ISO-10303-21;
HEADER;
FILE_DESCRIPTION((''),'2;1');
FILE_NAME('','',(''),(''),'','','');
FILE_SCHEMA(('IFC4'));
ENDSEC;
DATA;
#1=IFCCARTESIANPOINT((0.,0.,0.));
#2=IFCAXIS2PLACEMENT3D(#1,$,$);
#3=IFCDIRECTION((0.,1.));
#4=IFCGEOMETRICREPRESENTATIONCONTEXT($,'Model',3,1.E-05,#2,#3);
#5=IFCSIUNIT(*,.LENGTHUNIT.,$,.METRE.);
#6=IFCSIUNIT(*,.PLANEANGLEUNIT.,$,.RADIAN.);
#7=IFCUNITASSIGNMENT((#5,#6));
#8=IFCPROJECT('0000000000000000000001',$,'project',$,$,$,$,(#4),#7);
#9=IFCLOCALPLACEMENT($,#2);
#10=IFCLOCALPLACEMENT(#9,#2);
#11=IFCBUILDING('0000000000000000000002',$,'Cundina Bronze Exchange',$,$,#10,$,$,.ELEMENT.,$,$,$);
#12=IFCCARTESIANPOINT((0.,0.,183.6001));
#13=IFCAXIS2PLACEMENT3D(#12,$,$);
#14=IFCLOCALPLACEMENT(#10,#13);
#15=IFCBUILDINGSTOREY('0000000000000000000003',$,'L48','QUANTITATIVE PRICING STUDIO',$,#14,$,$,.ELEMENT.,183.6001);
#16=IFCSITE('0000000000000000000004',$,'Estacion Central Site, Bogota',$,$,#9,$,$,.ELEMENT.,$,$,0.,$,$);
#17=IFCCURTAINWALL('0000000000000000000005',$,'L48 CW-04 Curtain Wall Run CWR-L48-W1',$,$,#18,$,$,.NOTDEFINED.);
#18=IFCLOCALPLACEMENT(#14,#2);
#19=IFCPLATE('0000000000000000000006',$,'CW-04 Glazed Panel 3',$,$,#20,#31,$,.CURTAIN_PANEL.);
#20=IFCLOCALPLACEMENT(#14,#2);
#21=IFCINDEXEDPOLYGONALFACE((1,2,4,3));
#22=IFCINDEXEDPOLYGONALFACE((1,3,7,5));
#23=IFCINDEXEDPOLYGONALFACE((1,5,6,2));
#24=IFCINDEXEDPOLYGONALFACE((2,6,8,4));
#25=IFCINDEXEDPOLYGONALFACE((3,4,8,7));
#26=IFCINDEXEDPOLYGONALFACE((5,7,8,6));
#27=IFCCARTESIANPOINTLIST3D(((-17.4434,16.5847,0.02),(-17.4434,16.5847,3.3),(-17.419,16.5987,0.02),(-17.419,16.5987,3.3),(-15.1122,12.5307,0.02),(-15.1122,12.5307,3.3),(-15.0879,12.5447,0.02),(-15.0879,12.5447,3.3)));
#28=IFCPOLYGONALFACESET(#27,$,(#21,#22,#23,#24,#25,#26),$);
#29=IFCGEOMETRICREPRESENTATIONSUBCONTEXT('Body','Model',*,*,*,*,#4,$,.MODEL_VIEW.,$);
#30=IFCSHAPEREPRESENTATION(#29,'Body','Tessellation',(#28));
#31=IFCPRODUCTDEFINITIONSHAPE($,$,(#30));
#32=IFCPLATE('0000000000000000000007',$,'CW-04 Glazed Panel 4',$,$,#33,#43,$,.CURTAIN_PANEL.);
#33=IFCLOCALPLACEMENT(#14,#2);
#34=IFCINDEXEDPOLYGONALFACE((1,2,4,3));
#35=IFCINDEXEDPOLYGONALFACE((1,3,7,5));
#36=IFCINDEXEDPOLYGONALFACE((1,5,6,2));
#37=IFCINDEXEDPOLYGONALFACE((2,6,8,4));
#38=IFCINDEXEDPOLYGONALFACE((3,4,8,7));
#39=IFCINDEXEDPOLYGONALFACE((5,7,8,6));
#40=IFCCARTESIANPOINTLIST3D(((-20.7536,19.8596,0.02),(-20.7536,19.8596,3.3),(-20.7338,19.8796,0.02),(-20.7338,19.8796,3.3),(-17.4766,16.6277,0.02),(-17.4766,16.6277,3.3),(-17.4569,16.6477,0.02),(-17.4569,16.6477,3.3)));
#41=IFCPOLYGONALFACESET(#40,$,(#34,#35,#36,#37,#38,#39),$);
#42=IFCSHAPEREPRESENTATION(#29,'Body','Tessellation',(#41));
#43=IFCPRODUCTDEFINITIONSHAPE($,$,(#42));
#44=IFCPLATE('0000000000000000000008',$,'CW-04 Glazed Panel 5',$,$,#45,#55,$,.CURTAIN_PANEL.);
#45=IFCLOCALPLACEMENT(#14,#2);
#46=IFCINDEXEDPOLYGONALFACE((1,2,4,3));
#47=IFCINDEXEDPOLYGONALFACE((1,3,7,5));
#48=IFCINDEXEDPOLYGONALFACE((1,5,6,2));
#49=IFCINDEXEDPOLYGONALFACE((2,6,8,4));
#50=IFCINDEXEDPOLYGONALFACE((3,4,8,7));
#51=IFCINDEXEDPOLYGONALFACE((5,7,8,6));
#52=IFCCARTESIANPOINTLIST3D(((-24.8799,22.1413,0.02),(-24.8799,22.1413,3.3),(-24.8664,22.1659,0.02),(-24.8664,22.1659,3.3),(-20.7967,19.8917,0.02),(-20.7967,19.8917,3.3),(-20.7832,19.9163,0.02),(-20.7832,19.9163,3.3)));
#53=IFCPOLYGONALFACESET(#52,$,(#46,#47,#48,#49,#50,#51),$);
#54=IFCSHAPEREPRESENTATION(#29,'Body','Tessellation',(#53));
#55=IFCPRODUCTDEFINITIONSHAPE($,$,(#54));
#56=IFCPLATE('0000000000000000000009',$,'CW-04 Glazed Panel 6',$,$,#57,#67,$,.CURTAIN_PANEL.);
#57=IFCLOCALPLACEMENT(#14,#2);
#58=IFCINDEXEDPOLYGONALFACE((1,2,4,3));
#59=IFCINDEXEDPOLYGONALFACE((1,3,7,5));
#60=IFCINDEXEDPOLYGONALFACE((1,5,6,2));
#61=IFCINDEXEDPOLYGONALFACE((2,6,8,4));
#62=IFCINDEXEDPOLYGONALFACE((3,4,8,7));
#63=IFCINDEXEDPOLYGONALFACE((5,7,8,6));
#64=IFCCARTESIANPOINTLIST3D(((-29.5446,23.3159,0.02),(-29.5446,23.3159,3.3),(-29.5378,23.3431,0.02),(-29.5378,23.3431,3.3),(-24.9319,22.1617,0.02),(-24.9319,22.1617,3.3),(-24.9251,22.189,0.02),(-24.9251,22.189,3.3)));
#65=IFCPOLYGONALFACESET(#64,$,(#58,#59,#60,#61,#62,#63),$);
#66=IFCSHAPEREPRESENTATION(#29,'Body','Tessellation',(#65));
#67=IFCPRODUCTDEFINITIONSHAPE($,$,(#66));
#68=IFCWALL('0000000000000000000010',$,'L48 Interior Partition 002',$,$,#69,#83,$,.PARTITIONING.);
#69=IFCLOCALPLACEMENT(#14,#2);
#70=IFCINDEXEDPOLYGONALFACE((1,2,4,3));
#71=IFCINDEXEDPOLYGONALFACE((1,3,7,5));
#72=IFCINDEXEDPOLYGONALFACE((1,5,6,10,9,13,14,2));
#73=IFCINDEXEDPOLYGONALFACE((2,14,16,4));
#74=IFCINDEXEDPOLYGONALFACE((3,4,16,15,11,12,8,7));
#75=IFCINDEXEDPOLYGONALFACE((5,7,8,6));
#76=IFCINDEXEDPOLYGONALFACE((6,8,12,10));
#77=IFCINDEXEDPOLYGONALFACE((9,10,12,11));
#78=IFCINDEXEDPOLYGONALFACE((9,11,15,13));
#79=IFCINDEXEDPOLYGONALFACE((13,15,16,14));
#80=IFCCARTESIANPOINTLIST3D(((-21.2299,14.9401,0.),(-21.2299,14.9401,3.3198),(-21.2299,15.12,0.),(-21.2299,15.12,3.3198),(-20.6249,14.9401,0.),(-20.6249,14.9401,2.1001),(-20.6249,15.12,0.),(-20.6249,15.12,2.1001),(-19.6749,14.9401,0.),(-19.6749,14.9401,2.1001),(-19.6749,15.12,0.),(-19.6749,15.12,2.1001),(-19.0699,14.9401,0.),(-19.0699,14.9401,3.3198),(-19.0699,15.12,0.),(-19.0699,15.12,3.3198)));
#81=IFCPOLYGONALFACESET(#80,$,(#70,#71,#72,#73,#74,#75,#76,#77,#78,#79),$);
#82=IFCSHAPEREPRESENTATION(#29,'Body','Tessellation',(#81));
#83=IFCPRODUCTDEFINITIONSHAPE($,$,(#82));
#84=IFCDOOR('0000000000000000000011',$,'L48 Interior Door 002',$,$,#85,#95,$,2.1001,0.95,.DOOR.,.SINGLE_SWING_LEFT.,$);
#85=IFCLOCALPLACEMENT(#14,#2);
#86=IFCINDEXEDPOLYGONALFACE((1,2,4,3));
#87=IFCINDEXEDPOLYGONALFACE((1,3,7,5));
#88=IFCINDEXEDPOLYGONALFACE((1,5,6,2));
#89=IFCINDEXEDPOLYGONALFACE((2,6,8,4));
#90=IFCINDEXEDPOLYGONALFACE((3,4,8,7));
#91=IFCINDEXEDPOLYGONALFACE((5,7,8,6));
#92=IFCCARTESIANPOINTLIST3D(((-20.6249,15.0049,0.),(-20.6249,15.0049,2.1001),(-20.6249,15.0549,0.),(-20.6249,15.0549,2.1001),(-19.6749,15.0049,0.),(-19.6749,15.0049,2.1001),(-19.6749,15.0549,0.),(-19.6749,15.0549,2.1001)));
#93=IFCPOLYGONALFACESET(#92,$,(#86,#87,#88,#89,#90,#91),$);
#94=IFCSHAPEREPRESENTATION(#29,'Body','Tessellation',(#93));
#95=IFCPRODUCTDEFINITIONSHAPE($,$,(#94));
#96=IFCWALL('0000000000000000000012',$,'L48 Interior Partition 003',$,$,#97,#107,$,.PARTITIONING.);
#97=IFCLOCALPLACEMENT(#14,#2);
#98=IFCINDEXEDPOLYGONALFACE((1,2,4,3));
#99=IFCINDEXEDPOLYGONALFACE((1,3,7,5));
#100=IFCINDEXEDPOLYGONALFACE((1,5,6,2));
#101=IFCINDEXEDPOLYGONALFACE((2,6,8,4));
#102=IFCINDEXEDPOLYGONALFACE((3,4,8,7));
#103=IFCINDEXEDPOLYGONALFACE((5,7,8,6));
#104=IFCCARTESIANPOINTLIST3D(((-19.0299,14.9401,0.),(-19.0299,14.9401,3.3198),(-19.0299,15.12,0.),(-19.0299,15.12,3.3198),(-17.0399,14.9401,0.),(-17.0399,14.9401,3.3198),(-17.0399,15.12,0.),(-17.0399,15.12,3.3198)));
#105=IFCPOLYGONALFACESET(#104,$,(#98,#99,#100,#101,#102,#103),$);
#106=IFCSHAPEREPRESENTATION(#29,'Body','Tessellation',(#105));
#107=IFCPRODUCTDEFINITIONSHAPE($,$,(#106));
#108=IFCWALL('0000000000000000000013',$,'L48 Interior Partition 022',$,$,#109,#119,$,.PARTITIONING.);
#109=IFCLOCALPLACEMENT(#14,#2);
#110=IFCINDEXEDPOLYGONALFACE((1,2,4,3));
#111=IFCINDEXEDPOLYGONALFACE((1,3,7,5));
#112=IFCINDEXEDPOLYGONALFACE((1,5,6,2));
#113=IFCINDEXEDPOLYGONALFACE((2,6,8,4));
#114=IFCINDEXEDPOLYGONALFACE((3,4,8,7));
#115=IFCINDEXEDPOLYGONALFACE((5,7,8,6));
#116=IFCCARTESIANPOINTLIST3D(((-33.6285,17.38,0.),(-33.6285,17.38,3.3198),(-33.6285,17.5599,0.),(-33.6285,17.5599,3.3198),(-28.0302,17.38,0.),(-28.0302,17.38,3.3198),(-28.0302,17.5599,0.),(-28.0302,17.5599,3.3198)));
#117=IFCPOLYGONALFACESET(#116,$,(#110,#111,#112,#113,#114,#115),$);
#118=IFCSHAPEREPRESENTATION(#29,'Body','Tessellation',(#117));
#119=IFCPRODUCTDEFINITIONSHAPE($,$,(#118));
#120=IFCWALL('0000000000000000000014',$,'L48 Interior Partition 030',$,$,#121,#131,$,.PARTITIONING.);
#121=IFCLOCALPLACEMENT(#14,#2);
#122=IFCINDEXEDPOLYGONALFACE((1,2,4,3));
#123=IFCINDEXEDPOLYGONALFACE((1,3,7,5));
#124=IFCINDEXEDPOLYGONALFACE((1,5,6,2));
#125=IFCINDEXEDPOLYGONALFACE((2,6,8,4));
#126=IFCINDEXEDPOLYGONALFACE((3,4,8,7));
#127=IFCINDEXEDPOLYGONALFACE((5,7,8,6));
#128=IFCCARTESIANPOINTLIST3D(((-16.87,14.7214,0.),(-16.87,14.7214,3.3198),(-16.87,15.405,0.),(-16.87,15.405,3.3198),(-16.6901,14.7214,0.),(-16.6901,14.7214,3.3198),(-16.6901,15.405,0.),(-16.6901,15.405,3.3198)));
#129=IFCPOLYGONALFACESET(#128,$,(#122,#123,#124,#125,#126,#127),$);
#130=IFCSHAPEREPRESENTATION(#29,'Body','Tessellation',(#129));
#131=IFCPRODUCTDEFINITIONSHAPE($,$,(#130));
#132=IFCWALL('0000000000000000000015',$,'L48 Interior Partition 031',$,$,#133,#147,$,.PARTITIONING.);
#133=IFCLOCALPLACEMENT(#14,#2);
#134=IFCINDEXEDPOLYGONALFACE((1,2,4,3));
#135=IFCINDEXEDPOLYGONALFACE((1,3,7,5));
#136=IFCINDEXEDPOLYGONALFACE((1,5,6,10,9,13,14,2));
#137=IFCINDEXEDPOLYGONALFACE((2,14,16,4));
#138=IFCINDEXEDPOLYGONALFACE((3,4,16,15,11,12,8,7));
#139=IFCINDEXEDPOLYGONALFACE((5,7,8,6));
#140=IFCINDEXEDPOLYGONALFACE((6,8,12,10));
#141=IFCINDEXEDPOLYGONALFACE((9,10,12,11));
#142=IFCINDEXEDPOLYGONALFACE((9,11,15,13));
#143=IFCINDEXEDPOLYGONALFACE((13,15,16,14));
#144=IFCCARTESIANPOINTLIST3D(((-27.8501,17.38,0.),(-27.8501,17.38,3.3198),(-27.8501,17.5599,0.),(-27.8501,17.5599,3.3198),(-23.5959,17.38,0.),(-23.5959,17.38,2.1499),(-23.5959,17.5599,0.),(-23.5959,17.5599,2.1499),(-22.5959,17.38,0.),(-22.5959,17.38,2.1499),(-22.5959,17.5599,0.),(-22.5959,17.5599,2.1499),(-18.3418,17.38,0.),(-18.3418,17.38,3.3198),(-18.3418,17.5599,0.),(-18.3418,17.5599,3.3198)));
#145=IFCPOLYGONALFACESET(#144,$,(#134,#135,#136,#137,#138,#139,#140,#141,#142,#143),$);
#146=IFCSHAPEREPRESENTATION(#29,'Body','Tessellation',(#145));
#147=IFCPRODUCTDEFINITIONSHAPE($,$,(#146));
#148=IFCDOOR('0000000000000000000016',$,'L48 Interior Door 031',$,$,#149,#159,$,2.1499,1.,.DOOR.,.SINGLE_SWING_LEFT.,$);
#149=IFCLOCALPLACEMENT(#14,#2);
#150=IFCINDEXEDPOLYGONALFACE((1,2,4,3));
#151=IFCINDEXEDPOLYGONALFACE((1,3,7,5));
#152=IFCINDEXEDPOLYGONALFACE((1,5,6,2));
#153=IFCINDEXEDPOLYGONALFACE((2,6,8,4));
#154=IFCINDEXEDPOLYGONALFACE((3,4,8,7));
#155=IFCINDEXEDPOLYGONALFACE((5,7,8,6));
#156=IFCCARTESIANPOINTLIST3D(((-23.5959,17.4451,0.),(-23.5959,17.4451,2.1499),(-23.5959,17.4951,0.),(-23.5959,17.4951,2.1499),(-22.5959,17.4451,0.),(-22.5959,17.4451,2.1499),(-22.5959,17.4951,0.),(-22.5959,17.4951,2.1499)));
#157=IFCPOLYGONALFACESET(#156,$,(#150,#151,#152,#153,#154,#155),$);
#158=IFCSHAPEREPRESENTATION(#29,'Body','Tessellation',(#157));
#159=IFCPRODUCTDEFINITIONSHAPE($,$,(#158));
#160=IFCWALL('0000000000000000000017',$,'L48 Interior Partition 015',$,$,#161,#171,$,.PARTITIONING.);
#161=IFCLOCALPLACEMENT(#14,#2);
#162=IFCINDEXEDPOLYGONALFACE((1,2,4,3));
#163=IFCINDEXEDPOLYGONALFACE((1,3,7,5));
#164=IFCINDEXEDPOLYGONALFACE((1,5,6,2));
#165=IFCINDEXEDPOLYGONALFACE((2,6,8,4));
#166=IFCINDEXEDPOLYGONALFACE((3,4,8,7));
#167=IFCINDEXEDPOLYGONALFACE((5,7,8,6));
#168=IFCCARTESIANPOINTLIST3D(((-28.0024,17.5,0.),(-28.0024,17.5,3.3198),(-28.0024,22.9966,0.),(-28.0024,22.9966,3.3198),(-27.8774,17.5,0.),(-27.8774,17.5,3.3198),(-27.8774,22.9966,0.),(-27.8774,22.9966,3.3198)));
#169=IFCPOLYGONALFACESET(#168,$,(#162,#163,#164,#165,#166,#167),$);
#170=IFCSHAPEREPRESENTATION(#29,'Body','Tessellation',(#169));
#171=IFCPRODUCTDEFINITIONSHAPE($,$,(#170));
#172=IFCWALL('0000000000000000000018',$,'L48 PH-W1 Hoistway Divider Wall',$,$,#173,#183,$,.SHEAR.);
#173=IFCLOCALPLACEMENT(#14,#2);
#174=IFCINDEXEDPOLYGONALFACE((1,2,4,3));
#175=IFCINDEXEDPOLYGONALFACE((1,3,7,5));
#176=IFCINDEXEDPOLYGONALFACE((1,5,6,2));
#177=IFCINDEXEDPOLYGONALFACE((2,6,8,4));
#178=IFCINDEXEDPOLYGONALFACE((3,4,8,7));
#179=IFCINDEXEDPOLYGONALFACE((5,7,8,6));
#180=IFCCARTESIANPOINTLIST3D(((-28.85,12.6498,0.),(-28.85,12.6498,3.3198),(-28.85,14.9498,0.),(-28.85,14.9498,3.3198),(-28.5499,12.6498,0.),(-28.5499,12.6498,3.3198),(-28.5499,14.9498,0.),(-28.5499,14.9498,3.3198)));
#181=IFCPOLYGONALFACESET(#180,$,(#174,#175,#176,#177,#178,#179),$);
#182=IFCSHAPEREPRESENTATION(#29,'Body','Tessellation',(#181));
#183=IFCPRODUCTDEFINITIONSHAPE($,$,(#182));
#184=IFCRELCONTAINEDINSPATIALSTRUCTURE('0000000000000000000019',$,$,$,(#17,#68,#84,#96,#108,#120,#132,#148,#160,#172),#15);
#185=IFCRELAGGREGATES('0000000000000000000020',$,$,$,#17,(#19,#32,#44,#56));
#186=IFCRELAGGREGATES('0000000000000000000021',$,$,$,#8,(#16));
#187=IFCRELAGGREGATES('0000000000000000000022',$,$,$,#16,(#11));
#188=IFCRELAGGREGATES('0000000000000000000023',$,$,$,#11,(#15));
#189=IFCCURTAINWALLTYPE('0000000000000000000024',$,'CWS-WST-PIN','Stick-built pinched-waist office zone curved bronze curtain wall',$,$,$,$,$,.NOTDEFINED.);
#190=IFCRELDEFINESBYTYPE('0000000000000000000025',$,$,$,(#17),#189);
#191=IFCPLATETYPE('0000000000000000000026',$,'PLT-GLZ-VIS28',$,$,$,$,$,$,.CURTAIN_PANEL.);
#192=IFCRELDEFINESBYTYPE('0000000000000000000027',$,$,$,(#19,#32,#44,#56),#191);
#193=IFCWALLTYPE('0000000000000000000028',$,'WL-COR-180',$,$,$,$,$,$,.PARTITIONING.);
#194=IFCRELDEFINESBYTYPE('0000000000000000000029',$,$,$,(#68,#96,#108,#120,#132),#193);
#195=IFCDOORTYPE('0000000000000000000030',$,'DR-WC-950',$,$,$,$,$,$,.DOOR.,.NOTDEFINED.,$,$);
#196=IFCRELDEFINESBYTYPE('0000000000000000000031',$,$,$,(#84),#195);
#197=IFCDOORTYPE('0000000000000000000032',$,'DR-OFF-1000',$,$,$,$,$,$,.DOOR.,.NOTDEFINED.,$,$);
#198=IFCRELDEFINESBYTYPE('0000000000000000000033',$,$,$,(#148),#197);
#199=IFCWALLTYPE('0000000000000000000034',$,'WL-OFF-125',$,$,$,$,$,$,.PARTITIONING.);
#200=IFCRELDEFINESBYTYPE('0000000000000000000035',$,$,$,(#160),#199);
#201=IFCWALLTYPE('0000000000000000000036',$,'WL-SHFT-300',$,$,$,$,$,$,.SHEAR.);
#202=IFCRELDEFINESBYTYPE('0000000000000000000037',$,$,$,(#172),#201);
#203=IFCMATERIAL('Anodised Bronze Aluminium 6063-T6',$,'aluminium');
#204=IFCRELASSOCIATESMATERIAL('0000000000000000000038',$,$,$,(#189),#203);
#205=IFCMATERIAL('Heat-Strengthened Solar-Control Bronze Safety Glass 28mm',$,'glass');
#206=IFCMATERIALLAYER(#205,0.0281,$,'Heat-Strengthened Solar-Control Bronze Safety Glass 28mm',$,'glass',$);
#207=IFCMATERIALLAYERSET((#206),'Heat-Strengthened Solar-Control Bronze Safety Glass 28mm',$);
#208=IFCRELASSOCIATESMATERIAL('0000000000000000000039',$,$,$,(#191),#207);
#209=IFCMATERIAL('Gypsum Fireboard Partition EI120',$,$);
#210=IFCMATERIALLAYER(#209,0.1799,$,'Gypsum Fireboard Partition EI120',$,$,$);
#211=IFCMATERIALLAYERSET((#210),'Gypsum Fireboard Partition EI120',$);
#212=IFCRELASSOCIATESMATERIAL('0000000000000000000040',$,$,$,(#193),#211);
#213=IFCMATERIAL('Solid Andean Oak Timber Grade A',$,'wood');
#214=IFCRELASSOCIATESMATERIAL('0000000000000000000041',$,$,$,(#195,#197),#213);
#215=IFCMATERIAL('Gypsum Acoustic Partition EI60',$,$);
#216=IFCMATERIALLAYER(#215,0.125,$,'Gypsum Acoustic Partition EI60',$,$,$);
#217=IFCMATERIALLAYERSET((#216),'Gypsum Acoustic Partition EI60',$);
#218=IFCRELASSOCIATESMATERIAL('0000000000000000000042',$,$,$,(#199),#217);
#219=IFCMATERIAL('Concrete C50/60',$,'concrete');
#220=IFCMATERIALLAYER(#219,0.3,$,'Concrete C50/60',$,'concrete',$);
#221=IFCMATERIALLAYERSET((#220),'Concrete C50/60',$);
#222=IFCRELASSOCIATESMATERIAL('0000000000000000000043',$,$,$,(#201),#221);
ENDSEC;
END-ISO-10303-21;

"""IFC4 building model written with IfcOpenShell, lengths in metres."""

from ifc_helpers import new_model, si_unit, direction, frame, frame_2d, origin, origin_2d, place, context, subcontext, project, spatial, rectangle, extrude, material, layer, layer_set, type_object, element, fill, aggregate, save


model = new_model("IFC4")

# Units and contexts
model_context = context("Model", 3, precision=1e-05, world=origin(), true_north=direction((0.0, 1.0)))
body_context = subcontext(model_context, "Body", "Model", "MODEL_VIEW")
ifc_project = project(units=[si_unit("LENGTHUNIT", "METRE"), si_unit("PLANEANGLEUNIT", "RADIAN")], contexts=[model_context])

# Site, building, storey
site_placement = place(None, origin())
site = spatial("IfcSite", under=ifc_project, at=site_placement, Name="Estacion Central Site, Bogota", CompositionType="ELEMENT", RefElevation=0.0)
building_placement = place(site_placement, origin())
building = spatial("IfcBuilding", under=site, at=building_placement, Name="Cundina Bronze Exchange", CompositionType="ELEMENT")
storey_placement = place(building_placement, frame((0.0, 0.0, 183.6001)))
storey = spatial("IfcBuildingStorey", under=building, at=storey_placement, Name="L48", Description="QUANTITATIVE PRICING STUDIO", CompositionType="ELEMENT", Elevation=183.6001)

# Shared definitions
ifc_material_1 = material(Name="Concrete C50/60", Category="concrete")

# Curtain wall, plates
ifc_material_2 = material(Name="Anodised Bronze Aluminium 6063-T6", Category="aluminium")
curtain_wall_type = type_object("IfcCurtainWallType", Name="CWS-WST-PIN", Description="Stick-built pinched-waist office zone curved bronze curtain wall", PredefinedType="NOTDEFINED", material=ifc_material_2)
curtain_wall_placement = place(storey_placement, origin())
curtain_wall = element("IfcCurtainWall", 1, at=curtain_wall_placement, inside=storey, type_object=curtain_wall_type, Name="L48 CW-04 Curtain Wall Run CWR-L48-W1", PredefinedType="NOTDEFINED")
ifc_material_3 = material(Name="Heat-Strengthened Solar-Control Bronze Safety Glass 28mm", Category="glass")
ifc_layer_1 = layer(ifc_material_3, 0.0281, Name="Heat-Strengthened Solar-Control Bronze Safety Glass 28mm", Category="glass")
ifc_layer_set_1 = layer_set([ifc_layer_1], Name="Heat-Strengthened Solar-Control Bronze Safety Glass 28mm")
plate_type = type_object("IfcPlateType", Name="PLT-GLZ-VIS28", PredefinedType="CURTAIN_PANEL", material=ifc_layer_set_1)
plate_1_placement = place(storey_placement, frame((-16.2656, 14.5647, 0.02), z_axis=(0.0, 0.0, 1.0), x_axis=(-0.498488, 0.866897, 0.0)))
plate_1 = element("IfcPlate", 2, at=plate_1_placement, type_object=plate_type, Name="CW-04 Glazed Panel 3", PredefinedType="CURTAIN_PANEL", context=body_context, shape_type="SweptSolid", body=[
    extrude(rectangle(XDim=4.6765, YDim=0.0281, at=origin_2d()), origin(), (0.0, 0.0, 1.0), 3.28),
])
plate_2_placement = place(storey_placement, frame((-19.1052, 18.2537, 0.02), z_axis=(0.0, 0.0, 1.0), x_axis=(-0.711989, 0.70219, 0.0)))
plate_2 = element("IfcPlate", 3, at=plate_2_placement, type_object=plate_type, Name="CW-04 Glazed Panel 4", PredefinedType="CURTAIN_PANEL", context=body_context, shape_type="SweptSolid", body=[
    extrude(rectangle(XDim=4.6025, YDim=0.0281, at=origin_2d()), origin(), (0.0, 0.0, 1.0), 3.28),
])
plate_3_placement = place(storey_placement, frame((-22.8315, 21.0288, 0.02), z_axis=(0.0, 0.0, 1.0), x_axis=(-0.875869, 0.482549, 0.0)))
plate_3 = element("IfcPlate", 4, at=plate_3_placement, type_object=plate_type, Name="CW-04 Glazed Panel 5", PredefinedType="CURTAIN_PANEL", context=body_context, shape_type="SweptSolid", body=[
    extrude(rectangle(XDim=4.6619, YDim=0.0281, at=origin_2d()), origin(), (0.0, 0.0, 1.0), 3.28),
])
plate_4_placement = place(storey_placement, frame((-27.2349, 22.7524, 0.02), z_axis=(0.0, 0.0, 1.0), x_axis=(-0.970093, 0.242735, 0.0)))
plate_4 = element("IfcPlate", 5, at=plate_4_placement, type_object=plate_type, Name="CW-04 Glazed Panel 6", PredefinedType="CURTAIN_PANEL", context=body_context, shape_type="SweptSolid", body=[
    extrude(rectangle(XDim=4.7549, YDim=0.0281, at=origin_2d()), origin(), (0.0, 0.0, 1.0), 3.28),
])
aggregate(curtain_wall, [plate_1, plate_2, plate_3, plate_4])

# Wall, opening, door
ifc_material_4 = material(Name="Gypsum Fireboard Partition EI120")
ifc_layer_2 = layer(ifc_material_4, 0.1799, Name="Gypsum Fireboard Partition EI120")
ifc_layer_set_2 = layer_set([ifc_layer_2], Name="Gypsum Fireboard Partition EI120")
wall_type_1 = type_object("IfcWallType", Name="WL-COR-180", PredefinedType="PARTITIONING", material=ifc_layer_set_2)
wall_1_placement = place(storey_placement, frame((-21.23, 15.03, 0.0), z_axis=(0.0, 0.0, 1.0), x_axis=(1.0, 0.0, 0.0)))
wall_1 = element("IfcWall", 6, at=wall_1_placement, inside=storey, type_object=wall_type_1, Name="L48 Interior Partition 002", PredefinedType="PARTITIONING", context=body_context, shape_type="SweptSolid", body=[
    extrude(rectangle(XDim=2.1599, YDim=0.1799, at=frame_2d((1.0801, 0.0))), origin(), (0.0, 0.0, 1.0), 3.3198),
])
opening_1_placement = place(wall_1_placement, frame((0.605, 0.0, 0.0)))
opening_1 = element("IfcOpeningElement", 7, at=opening_1_placement, cuts=wall_1, PredefinedType="OPENING", context=body_context, shape_type="SweptSolid", body=[
    extrude(rectangle(XDim=0.95, YDim=2.1001, at=frame_2d((0.4751, 1.05))), frame((0.0, 0.0999, 0.0), z_axis=(0.0, -1.0, 0.0), x_axis=(1.0, 0.0, 0.0)), (0.0, 0.0, 1.0), 0.2),
])
ifc_material_5 = material(Name="Solid Andean Oak Timber Grade A", Category="wood")
door_type_1 = type_object("IfcDoorType", Name="DR-WC-950", OperationType="NOTDEFINED", PredefinedType="DOOR", material=ifc_material_5)
door_1_placement = place(opening_1_placement, origin())
door_1 = element("IfcDoor", 8, at=door_1_placement, inside=storey, type_object=door_type_1, Name="L48 Interior Door 002", OperationType="SINGLE_SWING_LEFT", OverallHeight=2.1001, OverallWidth=0.95, PredefinedType="DOOR", context=body_context, shape_type="SweptSolid", body=[
    extrude(rectangle(XDim=0.95, YDim=2.1001, at=frame_2d((0.4751, 1.05))), frame((0.0, 0.0249, 0.0), z_axis=(0.0, -1.0, 0.0), x_axis=(1.0, 0.0, 0.0)), (0.0, 0.0, 1.0), 0.05),
])
fill(opening_1, door_1)

# Walls
wall_2_placement = place(storey_placement, frame((-19.03, 15.03, 0.0), z_axis=(0.0, 0.0, 1.0), x_axis=(1.0, 0.0, 0.0)))
element("IfcWall", 9, at=wall_2_placement, inside=storey, type_object=wall_type_1, Name="L48 Interior Partition 003", PredefinedType="PARTITIONING", context=body_context, shape_type="SweptSolid", body=[
    extrude(rectangle(XDim=1.99, YDim=0.1799, at=frame_2d((0.9951, 0.0))), origin(), (0.0, 0.0, 1.0), 3.3198),
])
wall_3_placement = place(storey_placement, frame((-28.03, 17.47, 0.0), z_axis=(0.0, 0.0, 1.0), x_axis=(-1.0, 0.0, 0.0)))
element("IfcWall", 10, at=wall_3_placement, inside=storey, type_object=wall_type_1, Name="L48 Interior Partition 022", PredefinedType="PARTITIONING", context=body_context, shape_type="SweptSolid", body=[
    extrude(rectangle(XDim=5.5984, YDim=0.1799, at=frame_2d((2.7993, 0.0))), origin(), (0.0, 0.0, 1.0), 3.3198),
])
wall_4_placement = place(storey_placement, frame((-16.78, 14.7214, 0.0), z_axis=(0.0, 0.0, 1.0), x_axis=(0.0, 1.0, 0.0)))
element("IfcWall", 11, at=wall_4_placement, inside=storey, type_object=wall_type_1, Name="L48 Interior Partition 030", PredefinedType="PARTITIONING", context=body_context, shape_type="SweptSolid", body=[
    extrude(rectangle(XDim=0.6836, YDim=0.1799, at=frame_2d((0.3418, 0.0))), origin(), (0.0, 0.0, 1.0), 3.3198),
])

# Wall, opening, door
wall_5_placement = place(storey_placement, frame((-18.3418, 17.47, 0.0), z_axis=(0.0, 0.0, 1.0), x_axis=(-1.0, 0.0, 0.0)))
wall_5 = element("IfcWall", 12, at=wall_5_placement, inside=storey, type_object=wall_type_1, Name="L48 Interior Partition 031", PredefinedType="PARTITIONING", context=body_context, shape_type="SweptSolid", body=[
    extrude(rectangle(XDim=9.5083, YDim=0.1799, at=frame_2d((4.7542, 0.0))), origin(), (0.0, 0.0, 1.0), 3.3198),
])
opening_2_placement = place(wall_5_placement, frame((4.2542, 0.0, 0.0)))
opening_2 = element("IfcOpeningElement", 13, at=opening_2_placement, cuts=wall_5, PredefinedType="OPENING", context=body_context, shape_type="SweptSolid", body=[
    extrude(rectangle(XDim=1.0, YDim=2.1499, at=frame_2d((0.5, 1.075))), frame((0.0, 0.0999, 0.0), z_axis=(0.0, -1.0, 0.0), x_axis=(1.0, 0.0, 0.0)), (0.0, 0.0, 1.0), 0.2),
])
door_type_2 = type_object("IfcDoorType", Name="DR-OFF-1000", OperationType="NOTDEFINED", PredefinedType="DOOR", material=ifc_material_5)
door_2_placement = place(opening_2_placement, origin())
door_2 = element("IfcDoor", 14, at=door_2_placement, inside=storey, type_object=door_type_2, Name="L48 Interior Door 031", OperationType="SINGLE_SWING_LEFT", OverallHeight=2.1499, OverallWidth=1.0, PredefinedType="DOOR", context=body_context, shape_type="SweptSolid", body=[
    extrude(rectangle(XDim=1.0, YDim=2.1499, at=frame_2d((0.5, 1.075))), frame((0.0, 0.0249, 0.0), z_axis=(0.0, -1.0, 0.0), x_axis=(1.0, 0.0, 0.0)), (0.0, 0.0, 1.0), 0.05),
])
fill(opening_2, door_2)

# Wall
ifc_material_6 = material(Name="Gypsum Acoustic Partition EI60")
ifc_layer_3 = layer(ifc_material_6, 0.125, Name="Gypsum Acoustic Partition EI60")
ifc_layer_set_3 = layer_set([ifc_layer_3], Name="Gypsum Acoustic Partition EI60")
wall_type_2 = type_object("IfcWallType", Name="WL-OFF-125", PredefinedType="PARTITIONING", material=ifc_layer_set_3)
wall_6_placement = place(storey_placement, frame((-27.9399, 17.5, 0.0), z_axis=(0.0, 0.0, 1.0), x_axis=(0.0, 1.0, 0.0)))
element("IfcWall", 15, at=wall_6_placement, inside=storey, type_object=wall_type_2, Name="L48 Interior Partition 015", PredefinedType="PARTITIONING", context=body_context, shape_type="SweptSolid", body=[
    extrude(rectangle(XDim=5.4966, YDim=0.125, at=frame_2d((2.7483, 0.0))), origin(), (0.0, 0.0, 1.0), 3.3198),
])

# Shared definitions
ifc_layer_4 = layer(ifc_material_1, 0.3, Name="Concrete C50/60", Category="concrete")
ifc_layer_set_4 = layer_set([ifc_layer_4], Name="Concrete C50/60")
wall_type_3 = type_object("IfcWallType", Name="WL-SHFT-300", PredefinedType="SHEAR", material=ifc_layer_set_4)

# Wall
wall_7_placement = place(storey_placement, frame((-28.7, 12.6499, 0.0), z_axis=(0.0, 0.0, 1.0), x_axis=(0.0, 1.0, 0.0)))
element("IfcWall", 16, at=wall_7_placement, inside=storey, type_object=wall_type_3, Name="L48 PH-W1 Hoistway Divider Wall", PredefinedType="SHEAR", context=body_context, shape_type="SweptSolid", body=[
    extrude(rectangle(XDim=2.3, YDim=0.3, at=frame_2d((1.1499, 0.0))), origin(), (0.0, 0.0, 1.0), 3.3198),
])

save(model, "model.ifc")
